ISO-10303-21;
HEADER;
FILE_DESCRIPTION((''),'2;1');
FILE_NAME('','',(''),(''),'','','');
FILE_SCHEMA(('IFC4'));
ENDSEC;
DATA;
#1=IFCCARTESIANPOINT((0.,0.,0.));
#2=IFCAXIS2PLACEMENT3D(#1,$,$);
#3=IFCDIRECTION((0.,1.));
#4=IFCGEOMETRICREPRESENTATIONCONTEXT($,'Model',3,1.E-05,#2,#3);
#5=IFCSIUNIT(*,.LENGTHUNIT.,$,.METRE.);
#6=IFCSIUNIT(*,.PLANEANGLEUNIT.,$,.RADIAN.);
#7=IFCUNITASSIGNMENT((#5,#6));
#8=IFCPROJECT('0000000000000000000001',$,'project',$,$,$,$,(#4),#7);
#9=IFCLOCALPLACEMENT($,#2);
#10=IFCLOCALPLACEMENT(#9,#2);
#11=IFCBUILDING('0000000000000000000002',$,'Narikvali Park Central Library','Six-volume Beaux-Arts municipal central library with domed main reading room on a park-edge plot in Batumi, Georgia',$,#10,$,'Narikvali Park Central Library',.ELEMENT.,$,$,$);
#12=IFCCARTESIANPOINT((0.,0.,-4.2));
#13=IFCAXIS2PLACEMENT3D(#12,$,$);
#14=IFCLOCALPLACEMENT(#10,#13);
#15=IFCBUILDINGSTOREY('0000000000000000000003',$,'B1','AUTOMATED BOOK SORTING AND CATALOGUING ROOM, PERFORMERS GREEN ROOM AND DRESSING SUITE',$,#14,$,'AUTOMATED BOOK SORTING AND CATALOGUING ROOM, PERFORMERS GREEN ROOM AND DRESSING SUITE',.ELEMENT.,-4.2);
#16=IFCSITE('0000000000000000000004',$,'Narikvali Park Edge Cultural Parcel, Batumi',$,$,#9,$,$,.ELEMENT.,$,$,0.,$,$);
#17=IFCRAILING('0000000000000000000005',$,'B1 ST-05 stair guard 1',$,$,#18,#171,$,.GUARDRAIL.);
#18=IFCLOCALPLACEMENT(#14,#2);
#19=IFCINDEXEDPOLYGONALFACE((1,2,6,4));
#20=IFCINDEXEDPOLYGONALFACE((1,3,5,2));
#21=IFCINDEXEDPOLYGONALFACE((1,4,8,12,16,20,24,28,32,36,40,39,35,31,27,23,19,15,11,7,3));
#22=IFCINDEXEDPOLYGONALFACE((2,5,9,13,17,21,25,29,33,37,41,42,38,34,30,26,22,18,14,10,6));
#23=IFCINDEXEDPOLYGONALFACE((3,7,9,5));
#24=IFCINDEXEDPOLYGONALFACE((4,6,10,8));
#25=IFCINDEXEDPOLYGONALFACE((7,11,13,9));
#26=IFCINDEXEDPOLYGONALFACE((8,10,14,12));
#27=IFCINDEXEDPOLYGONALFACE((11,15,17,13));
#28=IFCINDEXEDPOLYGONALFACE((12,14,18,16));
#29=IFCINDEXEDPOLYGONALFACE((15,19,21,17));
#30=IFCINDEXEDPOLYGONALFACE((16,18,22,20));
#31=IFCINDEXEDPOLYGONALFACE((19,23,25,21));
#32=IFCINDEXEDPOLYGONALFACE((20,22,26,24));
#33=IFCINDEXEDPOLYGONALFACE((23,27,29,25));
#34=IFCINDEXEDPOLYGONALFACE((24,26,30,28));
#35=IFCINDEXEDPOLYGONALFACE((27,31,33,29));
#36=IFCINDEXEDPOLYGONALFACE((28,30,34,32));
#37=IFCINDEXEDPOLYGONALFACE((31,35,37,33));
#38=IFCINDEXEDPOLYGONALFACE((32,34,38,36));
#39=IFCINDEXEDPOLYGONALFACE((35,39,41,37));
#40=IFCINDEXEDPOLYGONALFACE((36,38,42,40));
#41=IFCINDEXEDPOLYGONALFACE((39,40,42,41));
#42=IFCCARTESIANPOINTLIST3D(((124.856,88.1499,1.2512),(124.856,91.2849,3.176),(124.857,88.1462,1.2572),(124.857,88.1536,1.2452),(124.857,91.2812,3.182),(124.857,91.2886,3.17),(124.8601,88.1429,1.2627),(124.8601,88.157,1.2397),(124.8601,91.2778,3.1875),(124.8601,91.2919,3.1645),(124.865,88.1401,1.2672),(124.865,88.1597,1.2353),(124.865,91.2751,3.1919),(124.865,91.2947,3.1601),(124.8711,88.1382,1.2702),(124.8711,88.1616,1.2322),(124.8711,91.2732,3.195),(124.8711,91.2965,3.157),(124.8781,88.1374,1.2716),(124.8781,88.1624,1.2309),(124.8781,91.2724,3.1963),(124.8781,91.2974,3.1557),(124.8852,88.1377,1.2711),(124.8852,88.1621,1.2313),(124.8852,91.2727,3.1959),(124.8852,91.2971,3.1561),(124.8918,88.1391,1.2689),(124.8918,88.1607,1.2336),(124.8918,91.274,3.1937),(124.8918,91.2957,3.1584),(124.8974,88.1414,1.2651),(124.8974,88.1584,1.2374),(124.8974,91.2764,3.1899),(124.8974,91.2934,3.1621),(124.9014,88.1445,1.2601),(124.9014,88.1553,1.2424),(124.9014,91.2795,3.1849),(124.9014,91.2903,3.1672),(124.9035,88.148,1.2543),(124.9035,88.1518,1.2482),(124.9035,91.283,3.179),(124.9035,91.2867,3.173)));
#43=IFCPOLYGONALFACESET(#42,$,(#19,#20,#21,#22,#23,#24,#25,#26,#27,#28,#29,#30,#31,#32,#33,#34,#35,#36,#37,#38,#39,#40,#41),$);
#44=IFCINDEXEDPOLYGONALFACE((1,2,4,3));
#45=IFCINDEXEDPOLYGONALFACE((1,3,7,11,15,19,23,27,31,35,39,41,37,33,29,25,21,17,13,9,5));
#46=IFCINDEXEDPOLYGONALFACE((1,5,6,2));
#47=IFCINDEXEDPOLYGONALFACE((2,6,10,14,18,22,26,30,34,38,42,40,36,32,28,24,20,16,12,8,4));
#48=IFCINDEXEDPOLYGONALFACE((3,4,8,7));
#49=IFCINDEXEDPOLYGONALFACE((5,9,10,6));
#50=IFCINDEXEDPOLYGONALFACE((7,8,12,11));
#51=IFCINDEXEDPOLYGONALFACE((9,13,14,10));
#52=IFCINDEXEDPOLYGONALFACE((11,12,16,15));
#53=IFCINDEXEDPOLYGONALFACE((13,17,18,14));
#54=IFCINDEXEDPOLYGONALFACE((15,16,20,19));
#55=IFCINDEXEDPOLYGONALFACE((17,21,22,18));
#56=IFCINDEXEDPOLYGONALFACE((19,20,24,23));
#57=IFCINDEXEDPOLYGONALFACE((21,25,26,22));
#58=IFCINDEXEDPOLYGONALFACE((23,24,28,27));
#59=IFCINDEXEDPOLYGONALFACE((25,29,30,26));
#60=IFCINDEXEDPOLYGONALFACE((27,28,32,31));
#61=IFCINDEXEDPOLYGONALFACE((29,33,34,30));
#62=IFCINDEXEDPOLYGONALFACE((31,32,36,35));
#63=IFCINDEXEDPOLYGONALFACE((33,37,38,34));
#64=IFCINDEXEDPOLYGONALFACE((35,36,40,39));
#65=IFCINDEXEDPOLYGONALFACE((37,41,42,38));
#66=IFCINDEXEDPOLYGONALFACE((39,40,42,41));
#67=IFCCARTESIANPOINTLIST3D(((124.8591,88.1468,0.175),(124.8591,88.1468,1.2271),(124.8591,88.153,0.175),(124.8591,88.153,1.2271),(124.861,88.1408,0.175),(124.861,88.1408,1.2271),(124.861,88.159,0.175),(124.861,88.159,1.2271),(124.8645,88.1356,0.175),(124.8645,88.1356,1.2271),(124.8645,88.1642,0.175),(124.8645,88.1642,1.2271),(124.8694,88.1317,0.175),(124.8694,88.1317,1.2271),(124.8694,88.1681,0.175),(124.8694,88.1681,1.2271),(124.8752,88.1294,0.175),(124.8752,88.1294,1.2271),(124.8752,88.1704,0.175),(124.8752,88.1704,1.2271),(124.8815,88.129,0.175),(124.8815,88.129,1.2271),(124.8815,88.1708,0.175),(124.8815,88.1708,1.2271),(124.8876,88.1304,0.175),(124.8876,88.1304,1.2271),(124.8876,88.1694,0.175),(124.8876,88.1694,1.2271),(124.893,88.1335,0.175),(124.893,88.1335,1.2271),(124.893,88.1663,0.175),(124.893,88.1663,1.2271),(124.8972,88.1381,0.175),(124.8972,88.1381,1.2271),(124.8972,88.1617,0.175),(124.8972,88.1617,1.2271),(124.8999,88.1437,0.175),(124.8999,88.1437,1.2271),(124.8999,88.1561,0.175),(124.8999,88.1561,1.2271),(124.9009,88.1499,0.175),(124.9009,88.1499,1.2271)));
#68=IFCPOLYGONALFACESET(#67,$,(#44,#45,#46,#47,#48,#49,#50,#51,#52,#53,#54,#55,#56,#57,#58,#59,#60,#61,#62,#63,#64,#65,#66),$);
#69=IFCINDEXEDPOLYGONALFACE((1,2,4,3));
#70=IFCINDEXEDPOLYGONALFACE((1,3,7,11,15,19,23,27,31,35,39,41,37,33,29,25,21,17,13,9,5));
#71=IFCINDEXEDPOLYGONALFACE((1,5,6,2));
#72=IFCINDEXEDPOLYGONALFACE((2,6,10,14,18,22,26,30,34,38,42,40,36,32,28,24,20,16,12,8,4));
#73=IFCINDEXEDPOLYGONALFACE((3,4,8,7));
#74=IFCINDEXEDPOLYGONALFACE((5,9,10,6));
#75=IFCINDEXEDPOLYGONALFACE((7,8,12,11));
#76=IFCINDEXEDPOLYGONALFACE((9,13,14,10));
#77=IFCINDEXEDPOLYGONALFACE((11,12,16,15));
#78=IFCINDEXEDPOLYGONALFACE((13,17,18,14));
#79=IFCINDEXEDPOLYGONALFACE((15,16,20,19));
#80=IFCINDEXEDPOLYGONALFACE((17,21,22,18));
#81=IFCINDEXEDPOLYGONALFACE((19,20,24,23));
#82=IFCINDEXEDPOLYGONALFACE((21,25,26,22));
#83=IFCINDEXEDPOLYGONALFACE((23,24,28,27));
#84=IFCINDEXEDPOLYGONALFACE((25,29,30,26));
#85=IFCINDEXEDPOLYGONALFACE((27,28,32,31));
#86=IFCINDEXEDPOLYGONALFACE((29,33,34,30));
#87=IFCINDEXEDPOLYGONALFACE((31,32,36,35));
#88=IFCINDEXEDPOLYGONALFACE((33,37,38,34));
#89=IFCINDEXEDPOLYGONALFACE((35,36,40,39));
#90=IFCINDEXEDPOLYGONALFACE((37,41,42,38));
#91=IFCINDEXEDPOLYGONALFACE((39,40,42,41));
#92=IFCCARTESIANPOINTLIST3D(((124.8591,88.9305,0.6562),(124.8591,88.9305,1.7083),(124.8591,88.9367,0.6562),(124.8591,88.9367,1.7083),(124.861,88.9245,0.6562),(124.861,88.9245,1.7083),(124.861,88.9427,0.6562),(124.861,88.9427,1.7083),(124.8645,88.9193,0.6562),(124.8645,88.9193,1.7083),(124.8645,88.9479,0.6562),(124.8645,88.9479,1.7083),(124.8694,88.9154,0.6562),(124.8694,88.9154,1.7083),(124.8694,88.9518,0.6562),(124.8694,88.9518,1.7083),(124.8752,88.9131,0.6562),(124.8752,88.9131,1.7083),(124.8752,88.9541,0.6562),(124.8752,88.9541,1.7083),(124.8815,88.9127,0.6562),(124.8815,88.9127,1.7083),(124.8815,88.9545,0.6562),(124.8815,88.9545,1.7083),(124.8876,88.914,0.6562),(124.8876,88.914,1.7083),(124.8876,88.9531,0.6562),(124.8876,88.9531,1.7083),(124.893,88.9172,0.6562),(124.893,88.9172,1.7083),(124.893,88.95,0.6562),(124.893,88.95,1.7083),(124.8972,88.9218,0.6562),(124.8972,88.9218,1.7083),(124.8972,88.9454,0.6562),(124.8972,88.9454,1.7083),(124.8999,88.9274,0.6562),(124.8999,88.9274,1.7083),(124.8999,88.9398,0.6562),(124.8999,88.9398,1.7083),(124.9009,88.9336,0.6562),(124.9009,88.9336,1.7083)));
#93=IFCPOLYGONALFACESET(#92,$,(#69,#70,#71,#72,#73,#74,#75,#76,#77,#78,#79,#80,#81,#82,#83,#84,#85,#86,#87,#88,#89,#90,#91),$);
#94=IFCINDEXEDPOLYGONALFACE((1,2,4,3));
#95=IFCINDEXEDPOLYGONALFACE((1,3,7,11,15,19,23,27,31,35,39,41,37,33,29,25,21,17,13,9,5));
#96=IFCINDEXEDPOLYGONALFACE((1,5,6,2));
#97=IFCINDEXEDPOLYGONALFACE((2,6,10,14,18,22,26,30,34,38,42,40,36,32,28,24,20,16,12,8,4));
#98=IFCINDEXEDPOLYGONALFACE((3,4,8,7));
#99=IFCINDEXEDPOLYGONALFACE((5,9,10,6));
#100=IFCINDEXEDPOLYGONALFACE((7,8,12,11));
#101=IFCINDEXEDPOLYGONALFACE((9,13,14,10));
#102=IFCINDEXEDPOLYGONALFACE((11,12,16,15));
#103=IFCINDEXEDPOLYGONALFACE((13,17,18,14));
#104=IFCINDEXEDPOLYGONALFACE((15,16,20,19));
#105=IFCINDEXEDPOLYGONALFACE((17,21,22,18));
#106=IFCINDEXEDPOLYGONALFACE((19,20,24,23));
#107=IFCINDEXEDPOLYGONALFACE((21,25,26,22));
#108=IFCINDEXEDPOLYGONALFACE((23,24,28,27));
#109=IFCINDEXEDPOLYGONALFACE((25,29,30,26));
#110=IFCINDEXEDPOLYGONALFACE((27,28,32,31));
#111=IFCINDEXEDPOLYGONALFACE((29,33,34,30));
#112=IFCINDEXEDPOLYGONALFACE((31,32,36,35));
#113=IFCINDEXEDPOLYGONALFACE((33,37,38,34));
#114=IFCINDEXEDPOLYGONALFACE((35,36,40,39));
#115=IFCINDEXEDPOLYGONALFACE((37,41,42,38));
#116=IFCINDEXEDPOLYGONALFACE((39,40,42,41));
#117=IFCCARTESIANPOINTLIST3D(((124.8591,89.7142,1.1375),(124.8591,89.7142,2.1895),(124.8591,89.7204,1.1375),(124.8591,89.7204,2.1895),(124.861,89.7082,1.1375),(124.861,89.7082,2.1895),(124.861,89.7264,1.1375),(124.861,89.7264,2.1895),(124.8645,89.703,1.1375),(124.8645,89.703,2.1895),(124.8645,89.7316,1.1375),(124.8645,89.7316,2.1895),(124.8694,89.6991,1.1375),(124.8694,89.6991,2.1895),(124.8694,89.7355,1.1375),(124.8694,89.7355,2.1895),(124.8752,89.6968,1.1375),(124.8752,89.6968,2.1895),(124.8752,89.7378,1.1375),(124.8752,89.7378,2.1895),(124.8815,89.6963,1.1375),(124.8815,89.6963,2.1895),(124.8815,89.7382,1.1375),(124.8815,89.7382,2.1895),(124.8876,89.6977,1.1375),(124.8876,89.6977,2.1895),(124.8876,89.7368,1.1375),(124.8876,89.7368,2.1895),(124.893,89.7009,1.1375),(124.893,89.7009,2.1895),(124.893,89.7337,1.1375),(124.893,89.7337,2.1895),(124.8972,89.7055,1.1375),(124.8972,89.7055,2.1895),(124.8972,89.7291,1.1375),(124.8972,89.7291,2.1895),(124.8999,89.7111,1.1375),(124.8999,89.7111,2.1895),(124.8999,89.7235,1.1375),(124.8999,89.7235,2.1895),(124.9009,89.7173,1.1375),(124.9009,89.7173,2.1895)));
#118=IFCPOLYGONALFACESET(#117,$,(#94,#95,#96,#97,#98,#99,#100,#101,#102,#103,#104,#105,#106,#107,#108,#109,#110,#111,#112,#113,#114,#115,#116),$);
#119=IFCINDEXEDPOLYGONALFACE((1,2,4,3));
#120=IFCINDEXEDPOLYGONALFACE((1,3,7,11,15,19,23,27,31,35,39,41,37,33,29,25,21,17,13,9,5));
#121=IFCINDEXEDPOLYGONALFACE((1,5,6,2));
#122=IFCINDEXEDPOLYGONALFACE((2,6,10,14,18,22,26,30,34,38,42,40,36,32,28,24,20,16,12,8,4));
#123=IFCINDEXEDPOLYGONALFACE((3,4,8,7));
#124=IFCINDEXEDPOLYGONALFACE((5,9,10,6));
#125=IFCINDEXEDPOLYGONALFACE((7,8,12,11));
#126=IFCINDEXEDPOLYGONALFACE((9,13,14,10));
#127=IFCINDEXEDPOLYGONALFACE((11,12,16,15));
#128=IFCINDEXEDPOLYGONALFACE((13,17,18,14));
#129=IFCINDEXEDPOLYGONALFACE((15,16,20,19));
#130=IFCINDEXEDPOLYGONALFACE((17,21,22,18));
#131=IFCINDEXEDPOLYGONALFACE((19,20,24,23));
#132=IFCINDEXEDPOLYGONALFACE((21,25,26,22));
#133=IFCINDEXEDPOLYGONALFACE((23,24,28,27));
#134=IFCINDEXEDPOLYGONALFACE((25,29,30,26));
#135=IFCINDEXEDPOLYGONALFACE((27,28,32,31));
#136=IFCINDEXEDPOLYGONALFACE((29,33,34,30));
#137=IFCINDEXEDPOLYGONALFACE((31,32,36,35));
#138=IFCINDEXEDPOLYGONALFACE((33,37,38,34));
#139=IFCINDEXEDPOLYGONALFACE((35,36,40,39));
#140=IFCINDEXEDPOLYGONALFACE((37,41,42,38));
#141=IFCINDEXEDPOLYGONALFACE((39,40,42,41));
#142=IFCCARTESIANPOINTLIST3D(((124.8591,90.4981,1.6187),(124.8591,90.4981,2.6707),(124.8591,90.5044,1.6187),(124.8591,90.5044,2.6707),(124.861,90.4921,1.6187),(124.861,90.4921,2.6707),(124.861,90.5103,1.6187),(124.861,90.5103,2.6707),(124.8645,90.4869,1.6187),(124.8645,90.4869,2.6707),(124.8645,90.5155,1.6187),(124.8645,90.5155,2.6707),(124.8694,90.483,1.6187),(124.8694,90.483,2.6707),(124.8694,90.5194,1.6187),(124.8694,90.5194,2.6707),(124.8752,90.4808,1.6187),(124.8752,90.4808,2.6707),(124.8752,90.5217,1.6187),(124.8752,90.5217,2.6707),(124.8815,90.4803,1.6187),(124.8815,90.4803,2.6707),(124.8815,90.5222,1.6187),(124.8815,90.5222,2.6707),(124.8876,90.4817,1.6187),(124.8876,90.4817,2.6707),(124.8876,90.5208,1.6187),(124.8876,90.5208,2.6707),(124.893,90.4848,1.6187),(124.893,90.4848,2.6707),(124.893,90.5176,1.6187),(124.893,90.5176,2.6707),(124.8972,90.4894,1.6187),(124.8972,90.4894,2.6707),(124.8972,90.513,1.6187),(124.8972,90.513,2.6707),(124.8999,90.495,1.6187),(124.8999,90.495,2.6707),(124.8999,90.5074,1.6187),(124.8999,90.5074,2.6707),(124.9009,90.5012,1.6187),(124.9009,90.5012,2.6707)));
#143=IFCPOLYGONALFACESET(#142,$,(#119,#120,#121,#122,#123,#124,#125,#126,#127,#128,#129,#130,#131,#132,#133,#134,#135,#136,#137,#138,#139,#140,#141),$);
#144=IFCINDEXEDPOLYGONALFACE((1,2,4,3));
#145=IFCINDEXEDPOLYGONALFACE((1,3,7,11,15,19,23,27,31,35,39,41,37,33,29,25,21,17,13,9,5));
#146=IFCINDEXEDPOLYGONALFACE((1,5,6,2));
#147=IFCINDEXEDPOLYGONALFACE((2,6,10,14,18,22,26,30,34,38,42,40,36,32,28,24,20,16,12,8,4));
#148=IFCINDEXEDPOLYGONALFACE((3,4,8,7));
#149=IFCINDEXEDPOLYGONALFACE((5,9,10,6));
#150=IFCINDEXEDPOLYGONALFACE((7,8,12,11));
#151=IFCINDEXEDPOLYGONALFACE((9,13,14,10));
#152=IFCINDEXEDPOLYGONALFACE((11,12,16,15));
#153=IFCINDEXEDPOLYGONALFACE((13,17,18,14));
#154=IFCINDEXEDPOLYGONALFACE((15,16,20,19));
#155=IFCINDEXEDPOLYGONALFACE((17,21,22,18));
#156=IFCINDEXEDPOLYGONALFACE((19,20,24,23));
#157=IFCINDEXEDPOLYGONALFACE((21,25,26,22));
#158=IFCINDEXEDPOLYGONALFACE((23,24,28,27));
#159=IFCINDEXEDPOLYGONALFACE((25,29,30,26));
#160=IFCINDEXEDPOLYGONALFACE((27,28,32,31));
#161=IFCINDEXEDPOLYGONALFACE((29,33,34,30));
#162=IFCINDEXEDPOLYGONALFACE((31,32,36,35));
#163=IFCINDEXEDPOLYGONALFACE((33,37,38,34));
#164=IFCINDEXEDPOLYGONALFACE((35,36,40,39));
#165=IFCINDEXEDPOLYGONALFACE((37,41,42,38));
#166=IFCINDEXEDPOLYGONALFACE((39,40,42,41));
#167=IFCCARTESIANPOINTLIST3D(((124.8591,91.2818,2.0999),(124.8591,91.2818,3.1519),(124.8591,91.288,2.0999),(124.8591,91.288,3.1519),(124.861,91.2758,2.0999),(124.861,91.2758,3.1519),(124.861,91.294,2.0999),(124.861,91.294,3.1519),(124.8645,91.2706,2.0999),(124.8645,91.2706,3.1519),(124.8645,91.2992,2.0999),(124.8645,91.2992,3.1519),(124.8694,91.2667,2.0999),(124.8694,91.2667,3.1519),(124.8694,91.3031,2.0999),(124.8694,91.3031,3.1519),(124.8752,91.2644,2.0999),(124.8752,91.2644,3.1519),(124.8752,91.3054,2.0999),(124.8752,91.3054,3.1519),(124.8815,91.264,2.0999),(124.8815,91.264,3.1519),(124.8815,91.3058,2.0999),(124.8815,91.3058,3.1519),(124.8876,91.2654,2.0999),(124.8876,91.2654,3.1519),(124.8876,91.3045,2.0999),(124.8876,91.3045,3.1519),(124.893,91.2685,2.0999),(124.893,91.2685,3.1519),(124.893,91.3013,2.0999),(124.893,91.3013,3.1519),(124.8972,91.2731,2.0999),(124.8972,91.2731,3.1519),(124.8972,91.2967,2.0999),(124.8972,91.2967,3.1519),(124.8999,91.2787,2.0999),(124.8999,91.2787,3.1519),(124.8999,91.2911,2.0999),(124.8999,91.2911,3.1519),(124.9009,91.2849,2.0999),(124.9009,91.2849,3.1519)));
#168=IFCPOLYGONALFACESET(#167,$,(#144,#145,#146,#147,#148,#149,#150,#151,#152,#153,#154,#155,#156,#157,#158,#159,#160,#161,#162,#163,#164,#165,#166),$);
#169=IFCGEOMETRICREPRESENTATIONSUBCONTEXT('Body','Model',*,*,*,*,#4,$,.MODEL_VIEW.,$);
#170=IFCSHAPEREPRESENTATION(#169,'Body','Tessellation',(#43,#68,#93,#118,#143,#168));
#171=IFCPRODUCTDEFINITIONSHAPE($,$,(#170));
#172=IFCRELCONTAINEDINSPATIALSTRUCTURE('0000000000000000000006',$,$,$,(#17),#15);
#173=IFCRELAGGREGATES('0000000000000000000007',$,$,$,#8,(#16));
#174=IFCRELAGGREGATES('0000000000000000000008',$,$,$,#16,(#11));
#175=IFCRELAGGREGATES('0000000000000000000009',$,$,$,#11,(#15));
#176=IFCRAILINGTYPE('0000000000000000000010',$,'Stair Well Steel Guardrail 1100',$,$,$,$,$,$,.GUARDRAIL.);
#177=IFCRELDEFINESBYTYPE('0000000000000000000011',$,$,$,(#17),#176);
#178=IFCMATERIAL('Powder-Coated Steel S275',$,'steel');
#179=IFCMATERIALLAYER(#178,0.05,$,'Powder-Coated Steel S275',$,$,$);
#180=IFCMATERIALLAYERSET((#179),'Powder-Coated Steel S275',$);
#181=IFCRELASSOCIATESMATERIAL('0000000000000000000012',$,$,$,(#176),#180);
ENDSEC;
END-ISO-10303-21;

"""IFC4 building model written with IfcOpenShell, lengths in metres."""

from ifc_helpers import new_model, si_unit, direction, frame, origin, origin_2d, place, context, subcontext, project, spatial, circle, extrude, material, layer, layer_set, type_object, element, save


model = new_model("IFC4")

# Units and contexts
model_context = context("Model", 3, precision=1e-05, world=origin(), true_north=direction((0.0, 1.0)))
body_context = subcontext(model_context, "Body", "Model", "MODEL_VIEW")
ifc_project = project(units=[si_unit("LENGTHUNIT", "METRE"), si_unit("PLANEANGLEUNIT", "RADIAN")], contexts=[model_context])

# Site, building, storey
site_placement = place(None, origin())
site = spatial("IfcSite", under=ifc_project, at=site_placement, Name="Narikvali Park Edge Cultural Parcel, Batumi", CompositionType="ELEMENT", RefElevation=0.0)
building_placement = place(site_placement, origin())
building = spatial("IfcBuilding", under=site, at=building_placement, Name="Narikvali Park Central Library", Description="Six-volume Beaux-Arts municipal central library with domed main reading room on a park-edge plot in Batumi, Georgia", LongName="Narikvali Park Central Library", CompositionType="ELEMENT")
storey_placement = place(building_placement, frame((0.0, 0.0, -4.2)))
storey = spatial("IfcBuildingStorey", under=building, at=storey_placement, Name="B1", Description="AUTOMATED BOOK SORTING AND CATALOGUING ROOM, PERFORMERS GREEN ROOM AND DRESSING SUITE", LongName="AUTOMATED BOOK SORTING AND CATALOGUING ROOM, PERFORMERS GREEN ROOM AND DRESSING SUITE", CompositionType="ELEMENT", Elevation=-4.2)

# Railing
ifc_material_1 = material(Name="Powder-Coated Steel S275", Category="steel")
ifc_layer_1 = layer(ifc_material_1, 0.05, Name="Powder-Coated Steel S275")
ifc_layer_set_1 = layer_set([ifc_layer_1], Name="Powder-Coated Steel S275")
railing_type_1 = type_object("IfcRailingType", Name="Stair Well Steel Guardrail 1100", PredefinedType="GUARDRAIL", material=ifc_layer_set_1)
railing_1_placement = place(storey_placement, frame((124.8799, 88.1499, 0.175)))
element("IfcRailing", 1, at=railing_1_placement, inside=storey, type_object=railing_type_1, Name="B1 ST-05 stair guard 1", PredefinedType="GUARDRAIL", context=body_context, shape_type="SweptSolid", body=[
    extrude(circle(Radius=0.0239, at=origin_2d()), frame((0.0, 0.0, 1.0762), z_axis=(0.0, 0.852196, 0.523223), x_axis=(-1.0, 0.0, 0.0)), (0.0, 0.0, 1.0), 3.6787),
    extrude(circle(Radius=0.021, at=origin_2d()), origin(), (0.0, 0.0, 1.0), 1.052),
    extrude(circle(Radius=0.021, at=origin_2d()), frame((0.0, 0.7837, 0.4812)), (0.0, 0.0, 1.0), 1.052),
    extrude(circle(Radius=0.021, at=origin_2d()), frame((0.0, 1.5674, 0.9624)), (0.0, 0.0, 1.0), 1.052),
    extrude(circle(Radius=0.021, at=origin_2d()), frame((0.0, 2.3513, 1.4436)), (0.0, 0.0, 1.0), 1.052),
    extrude(circle(Radius=0.021, at=origin_2d()), frame((0.0, 3.135, 1.9248)), (0.0, 0.0, 1.0), 1.052),
])

save(model, "model.ifc")
